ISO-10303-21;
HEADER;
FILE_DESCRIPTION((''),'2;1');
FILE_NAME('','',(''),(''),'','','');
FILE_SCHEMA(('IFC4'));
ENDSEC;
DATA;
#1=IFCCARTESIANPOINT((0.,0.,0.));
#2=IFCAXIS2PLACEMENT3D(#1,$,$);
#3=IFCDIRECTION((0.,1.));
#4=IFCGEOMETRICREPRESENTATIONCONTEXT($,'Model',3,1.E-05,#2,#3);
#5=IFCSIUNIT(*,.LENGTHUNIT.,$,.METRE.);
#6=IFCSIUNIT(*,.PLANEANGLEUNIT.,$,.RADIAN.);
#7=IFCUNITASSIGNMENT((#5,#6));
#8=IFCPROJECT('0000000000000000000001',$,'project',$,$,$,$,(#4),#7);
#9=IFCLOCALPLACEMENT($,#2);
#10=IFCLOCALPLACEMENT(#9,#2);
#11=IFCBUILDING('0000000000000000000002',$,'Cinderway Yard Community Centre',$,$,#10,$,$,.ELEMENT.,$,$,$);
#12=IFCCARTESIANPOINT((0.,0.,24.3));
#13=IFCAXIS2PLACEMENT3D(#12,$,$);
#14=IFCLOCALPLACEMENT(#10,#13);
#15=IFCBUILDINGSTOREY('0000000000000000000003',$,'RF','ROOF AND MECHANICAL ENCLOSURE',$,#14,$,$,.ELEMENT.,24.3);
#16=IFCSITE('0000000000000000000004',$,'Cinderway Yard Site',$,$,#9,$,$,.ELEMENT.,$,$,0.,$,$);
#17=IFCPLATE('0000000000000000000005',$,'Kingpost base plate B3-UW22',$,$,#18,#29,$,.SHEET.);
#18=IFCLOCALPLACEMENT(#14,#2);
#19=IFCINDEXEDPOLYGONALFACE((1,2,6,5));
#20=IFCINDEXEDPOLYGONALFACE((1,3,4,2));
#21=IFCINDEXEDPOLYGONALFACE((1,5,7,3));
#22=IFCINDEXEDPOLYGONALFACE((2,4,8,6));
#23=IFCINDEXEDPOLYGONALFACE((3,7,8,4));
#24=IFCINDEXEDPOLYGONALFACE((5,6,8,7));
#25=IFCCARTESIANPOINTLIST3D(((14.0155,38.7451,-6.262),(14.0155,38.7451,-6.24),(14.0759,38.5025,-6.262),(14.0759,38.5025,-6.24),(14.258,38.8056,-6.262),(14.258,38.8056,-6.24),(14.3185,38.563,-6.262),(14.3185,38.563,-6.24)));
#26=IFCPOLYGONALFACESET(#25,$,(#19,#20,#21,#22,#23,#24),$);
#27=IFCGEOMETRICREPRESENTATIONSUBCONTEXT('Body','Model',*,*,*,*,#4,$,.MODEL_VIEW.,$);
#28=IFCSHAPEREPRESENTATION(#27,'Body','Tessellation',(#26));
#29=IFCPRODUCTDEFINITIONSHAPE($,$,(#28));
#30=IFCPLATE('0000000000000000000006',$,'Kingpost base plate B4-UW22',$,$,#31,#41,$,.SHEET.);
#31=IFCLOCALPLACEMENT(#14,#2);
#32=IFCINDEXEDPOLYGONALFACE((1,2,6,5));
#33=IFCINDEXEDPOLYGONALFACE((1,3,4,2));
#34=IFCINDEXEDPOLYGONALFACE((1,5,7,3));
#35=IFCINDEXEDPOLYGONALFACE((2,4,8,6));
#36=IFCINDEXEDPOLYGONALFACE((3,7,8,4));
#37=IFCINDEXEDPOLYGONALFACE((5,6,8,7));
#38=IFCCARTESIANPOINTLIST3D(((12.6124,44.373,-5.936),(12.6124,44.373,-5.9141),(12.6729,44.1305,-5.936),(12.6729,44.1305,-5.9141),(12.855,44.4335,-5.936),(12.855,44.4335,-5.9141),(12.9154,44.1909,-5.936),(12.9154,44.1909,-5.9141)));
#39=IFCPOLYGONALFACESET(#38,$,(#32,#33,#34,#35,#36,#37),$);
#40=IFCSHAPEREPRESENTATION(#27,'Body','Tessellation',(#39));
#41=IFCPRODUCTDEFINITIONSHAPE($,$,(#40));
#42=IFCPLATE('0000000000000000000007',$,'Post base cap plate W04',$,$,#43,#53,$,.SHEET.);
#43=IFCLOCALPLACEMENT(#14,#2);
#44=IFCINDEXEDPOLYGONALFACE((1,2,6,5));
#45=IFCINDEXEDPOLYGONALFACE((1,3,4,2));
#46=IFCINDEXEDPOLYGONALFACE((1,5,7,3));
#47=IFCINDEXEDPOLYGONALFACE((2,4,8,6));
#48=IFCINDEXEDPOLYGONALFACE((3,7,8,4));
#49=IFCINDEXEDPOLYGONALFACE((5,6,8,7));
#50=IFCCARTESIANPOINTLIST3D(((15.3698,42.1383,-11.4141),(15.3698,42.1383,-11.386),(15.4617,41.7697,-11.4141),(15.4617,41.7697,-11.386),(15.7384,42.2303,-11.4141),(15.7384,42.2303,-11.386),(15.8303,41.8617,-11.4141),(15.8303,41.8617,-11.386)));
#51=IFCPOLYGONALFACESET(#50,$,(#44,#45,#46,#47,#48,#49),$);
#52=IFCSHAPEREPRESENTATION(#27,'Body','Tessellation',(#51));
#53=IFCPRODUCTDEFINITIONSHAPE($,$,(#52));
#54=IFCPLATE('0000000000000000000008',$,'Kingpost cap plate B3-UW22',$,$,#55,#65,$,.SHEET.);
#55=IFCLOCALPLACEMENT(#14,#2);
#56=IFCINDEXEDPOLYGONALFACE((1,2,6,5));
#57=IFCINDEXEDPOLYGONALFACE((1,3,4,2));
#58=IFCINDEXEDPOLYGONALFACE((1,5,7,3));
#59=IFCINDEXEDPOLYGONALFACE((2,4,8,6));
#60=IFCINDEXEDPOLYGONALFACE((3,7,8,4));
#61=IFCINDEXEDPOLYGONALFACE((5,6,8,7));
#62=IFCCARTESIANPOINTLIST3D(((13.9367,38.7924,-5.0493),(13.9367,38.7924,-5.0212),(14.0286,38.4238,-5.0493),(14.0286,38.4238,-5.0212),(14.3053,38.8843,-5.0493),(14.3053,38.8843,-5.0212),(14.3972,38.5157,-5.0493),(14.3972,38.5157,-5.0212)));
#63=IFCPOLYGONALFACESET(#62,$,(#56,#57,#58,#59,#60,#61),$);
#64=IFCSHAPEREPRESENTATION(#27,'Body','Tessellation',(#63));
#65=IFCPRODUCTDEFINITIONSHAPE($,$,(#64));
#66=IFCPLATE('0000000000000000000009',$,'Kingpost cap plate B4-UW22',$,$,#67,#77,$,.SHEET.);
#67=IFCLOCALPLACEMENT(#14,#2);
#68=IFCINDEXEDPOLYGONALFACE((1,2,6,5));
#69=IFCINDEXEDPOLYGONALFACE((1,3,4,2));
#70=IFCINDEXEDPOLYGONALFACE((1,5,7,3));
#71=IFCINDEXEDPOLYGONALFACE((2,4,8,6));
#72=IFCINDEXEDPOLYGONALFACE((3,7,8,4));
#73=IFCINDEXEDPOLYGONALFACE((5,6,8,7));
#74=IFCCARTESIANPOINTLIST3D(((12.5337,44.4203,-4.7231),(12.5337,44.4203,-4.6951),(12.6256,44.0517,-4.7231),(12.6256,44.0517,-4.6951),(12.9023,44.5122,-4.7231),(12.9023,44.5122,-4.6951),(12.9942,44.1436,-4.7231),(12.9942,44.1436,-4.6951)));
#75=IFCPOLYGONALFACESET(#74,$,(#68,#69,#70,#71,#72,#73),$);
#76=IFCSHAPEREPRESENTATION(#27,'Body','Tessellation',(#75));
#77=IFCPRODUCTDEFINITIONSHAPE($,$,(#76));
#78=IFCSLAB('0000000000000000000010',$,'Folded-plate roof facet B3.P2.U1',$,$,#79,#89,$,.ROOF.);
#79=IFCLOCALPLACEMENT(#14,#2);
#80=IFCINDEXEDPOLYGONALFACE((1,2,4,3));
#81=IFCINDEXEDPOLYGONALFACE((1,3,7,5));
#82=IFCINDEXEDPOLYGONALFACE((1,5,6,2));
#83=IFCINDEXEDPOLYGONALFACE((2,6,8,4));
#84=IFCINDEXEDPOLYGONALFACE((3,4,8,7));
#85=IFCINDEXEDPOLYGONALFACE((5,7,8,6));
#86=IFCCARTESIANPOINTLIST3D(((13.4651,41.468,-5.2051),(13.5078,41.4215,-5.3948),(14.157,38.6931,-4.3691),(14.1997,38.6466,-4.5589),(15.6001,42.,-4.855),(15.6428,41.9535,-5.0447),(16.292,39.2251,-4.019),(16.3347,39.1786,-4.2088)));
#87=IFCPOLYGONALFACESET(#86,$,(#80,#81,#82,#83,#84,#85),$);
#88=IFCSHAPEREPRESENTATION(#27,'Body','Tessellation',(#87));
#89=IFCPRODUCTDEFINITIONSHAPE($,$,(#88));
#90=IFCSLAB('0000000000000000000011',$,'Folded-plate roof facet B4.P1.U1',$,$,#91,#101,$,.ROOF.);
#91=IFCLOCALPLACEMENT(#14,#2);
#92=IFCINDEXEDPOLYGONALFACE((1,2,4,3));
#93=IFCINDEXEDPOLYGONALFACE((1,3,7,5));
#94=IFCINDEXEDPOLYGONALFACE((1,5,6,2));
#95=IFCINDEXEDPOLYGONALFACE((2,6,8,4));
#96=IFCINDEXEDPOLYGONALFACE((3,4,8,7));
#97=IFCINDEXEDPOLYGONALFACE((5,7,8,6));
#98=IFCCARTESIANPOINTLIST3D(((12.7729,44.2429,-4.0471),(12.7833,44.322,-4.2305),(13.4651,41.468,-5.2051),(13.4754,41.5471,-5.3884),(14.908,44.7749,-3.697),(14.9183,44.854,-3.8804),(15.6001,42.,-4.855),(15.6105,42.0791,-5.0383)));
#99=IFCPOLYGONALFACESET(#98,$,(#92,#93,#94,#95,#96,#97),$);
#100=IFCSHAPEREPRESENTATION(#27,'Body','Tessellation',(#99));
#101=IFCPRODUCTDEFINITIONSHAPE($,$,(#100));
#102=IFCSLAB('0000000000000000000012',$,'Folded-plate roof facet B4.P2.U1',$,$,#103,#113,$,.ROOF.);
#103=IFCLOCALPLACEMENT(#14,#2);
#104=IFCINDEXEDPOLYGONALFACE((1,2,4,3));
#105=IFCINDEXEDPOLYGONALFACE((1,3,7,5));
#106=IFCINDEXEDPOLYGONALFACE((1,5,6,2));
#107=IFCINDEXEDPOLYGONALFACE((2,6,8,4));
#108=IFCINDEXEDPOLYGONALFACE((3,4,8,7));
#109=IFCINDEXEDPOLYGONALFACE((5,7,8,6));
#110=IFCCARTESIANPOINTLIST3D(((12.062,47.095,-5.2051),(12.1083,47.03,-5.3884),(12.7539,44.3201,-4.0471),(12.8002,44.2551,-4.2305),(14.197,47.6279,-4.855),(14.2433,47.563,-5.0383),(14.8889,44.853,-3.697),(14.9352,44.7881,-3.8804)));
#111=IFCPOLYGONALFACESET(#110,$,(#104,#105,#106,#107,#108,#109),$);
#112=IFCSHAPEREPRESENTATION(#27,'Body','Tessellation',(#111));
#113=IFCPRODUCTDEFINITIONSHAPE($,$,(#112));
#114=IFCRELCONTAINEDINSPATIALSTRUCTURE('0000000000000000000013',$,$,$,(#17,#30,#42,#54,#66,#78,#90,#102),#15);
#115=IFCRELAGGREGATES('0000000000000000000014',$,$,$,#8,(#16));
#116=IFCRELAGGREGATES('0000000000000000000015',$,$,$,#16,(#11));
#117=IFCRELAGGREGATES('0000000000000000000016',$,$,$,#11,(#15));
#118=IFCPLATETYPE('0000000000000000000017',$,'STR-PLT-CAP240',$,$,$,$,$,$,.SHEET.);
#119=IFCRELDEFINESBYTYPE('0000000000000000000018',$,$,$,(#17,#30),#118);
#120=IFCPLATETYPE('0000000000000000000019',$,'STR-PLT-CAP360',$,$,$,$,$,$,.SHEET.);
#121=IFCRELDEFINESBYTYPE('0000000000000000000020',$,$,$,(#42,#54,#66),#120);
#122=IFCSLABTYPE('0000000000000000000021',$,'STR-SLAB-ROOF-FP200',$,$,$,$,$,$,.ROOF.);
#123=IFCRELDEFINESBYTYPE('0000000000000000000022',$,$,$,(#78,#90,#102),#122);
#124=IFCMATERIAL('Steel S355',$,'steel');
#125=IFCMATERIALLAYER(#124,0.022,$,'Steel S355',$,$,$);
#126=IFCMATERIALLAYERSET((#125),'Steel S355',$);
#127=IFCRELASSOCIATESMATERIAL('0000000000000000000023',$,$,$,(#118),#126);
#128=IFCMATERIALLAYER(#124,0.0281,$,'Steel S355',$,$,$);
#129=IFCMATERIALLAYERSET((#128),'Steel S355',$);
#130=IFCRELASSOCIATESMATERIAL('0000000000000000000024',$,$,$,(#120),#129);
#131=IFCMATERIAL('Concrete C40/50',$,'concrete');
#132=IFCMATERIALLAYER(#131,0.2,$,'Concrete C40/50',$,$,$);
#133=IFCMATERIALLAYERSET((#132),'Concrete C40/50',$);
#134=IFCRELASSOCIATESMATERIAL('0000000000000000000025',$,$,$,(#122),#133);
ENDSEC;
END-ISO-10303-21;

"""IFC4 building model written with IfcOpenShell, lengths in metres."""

from ifc_helpers import new_model, si_unit, direction, frame, origin, origin_2d, place, context, subcontext, project, spatial, polyline, rectangle, outline, extrude, material, layer, layer_set, type_object, element, save


model = new_model("IFC4")

# Units and contexts
model_context = context("Model", 3, precision=1e-05, world=origin(), true_north=direction((0.0, 1.0)))
body_context = subcontext(model_context, "Body", "Model", "MODEL_VIEW")
ifc_project = project(units=[si_unit("LENGTHUNIT", "METRE"), si_unit("PLANEANGLEUNIT", "RADIAN")], contexts=[model_context])

# Site, building, storey
site_placement = place(None, origin())
site = spatial("IfcSite", under=ifc_project, at=site_placement, Name="Cinderway Yard Site", CompositionType="ELEMENT", RefElevation=0.0)
building_placement = place(site_placement, origin())
building = spatial("IfcBuilding", under=site, at=building_placement, Name="Cinderway Yard Community Centre", CompositionType="ELEMENT")
storey_placement = place(building_placement, frame((0.0, 0.0, 24.3)))
storey = spatial("IfcBuildingStorey", under=building, at=storey_placement, Name="RF", Description="ROOF AND MECHANICAL ENCLOSURE", CompositionType="ELEMENT", Elevation=24.3)

# Shared definitions
ifc_material_1 = material(Name="Steel S355", Category="steel")

# Shared definitions
ifc_material_2 = material(Name="Concrete C40/50", Category="concrete")

# Plates
ifc_layer_1 = layer(ifc_material_1, 0.022, Name="Steel S355")
ifc_layer_set_1 = layer_set([ifc_layer_1], Name="Steel S355")
plate_type_1 = type_object("IfcPlateType", Name="STR-PLT-CAP240", PredefinedType="SHEET", material=ifc_layer_set_1)
for number, where, z_axis, x_axis, name in (
    (1, (14.167, 38.6541, -6.262), (0.0, 0.0, 1.0), (0.970296, 0.241922, 0.0), "Kingpost base plate B3-UW22"),
    (2, (12.7639, 44.282, -5.936), (0.0, 0.0, 1.0), (0.970296, 0.241922, 0.0), "Kingpost base plate B4-UW22"),
):
    element("IfcPlate", number, at=place(storey_placement, frame(where, z_axis=z_axis, x_axis=x_axis)), inside=storey, type_object=plate_type_1, Name=name, PredefinedType="SHEET", context=body_context, shape_type="SweptSolid", body=[
        extrude(rectangle(XDim=0.25, YDim=0.25, at=origin_2d()), origin(), (0.0, 0.0, 1.0), 0.022),
    ])
ifc_layer_2 = layer(ifc_material_1, 0.0281, Name="Steel S355")
ifc_layer_set_2 = layer_set([ifc_layer_2], Name="Steel S355")
plate_type_2 = type_object("IfcPlateType", Name="STR-PLT-CAP360", PredefinedType="SHEET", material=ifc_layer_set_2)
for number, where, z_axis, x_axis, name in (
    (3, (15.6001, 42.0, -11.4141), (0.0, 0.0, 1.0), (0.970296, 0.241922, 0.0), "Post base cap plate W04"),
    (4, (14.167, 38.6541, -5.0493), (0.0, 0.0, 1.0), (0.970296, 0.241922, 0.0), "Kingpost cap plate B3-UW22"),
    (5, (12.7639, 44.282, -4.7231), (0.0, 0.0, 1.0), (0.970296, 0.241922, 0.0), "Kingpost cap plate B4-UW22"),
):
    element("IfcPlate", number, at=place(storey_placement, frame(where, z_axis=z_axis, x_axis=x_axis)), inside=storey, type_object=plate_type_2, Name=name, PredefinedType="SHEET", context=body_context, shape_type="SweptSolid", body=[
        extrude(rectangle(XDim=0.3799, YDim=0.3799, at=origin_2d()), origin(), (0.0, 0.0, 1.0), 0.0281),
    ])

# Slabs
ifc_layer_3 = layer(ifc_material_2, 0.2, Name="Concrete C40/50")
ifc_layer_set_3 = layer_set([ifc_layer_3], Name="Concrete C40/50")
slab_type = type_object("IfcSlabType", Name="STR-SLAB-ROOF-FP200", PredefinedType="ROOF", material=ifc_layer_set_3)
slab_1_placement = place(storey_placement, frame((14.157, 38.6931, -4.3691), z_axis=(-0.213546, 0.232592, 0.948841), x_axis=(0.958277, 0.238775, 0.157138)))
element("IfcSlab", 6, at=slab_1_placement, inside=storey, type_object=slab_type, Name="Folded-plate roof facet B3.P2.U1", PredefinedType="ROOF", context=body_context, shape_type="SweptSolid", body=[
    extrude(outline(polyline([(0.0, 0.0), (2.228, 0.0), (2.0962, 2.9766), (-0.1318, 2.9766), (0.0, 0.0)])), origin(), (0.0, 0.0, -1.0), 0.2),
])
slab_2_placement = place(storey_placement, frame((13.4651, 41.468, -5.2051), z_axis=(-0.0518, -0.395571, 0.916974), x_axis=(0.958277, 0.238775, 0.157138)))
element("IfcSlab", 7, at=slab_2_placement, inside=storey, type_object=slab_type, Name="Folded-plate roof facet B4.P1.U1", PredefinedType="ROOF", context=body_context, shape_type="SweptSolid", body=[
    extrude(outline(polyline([(0.0, 0.0), (2.228, 0.0), (2.4092, 3.0801), (0.1813, 3.0801), (0.0, 0.0)])), origin(), (0.0, 0.0, -1.0), 0.2),
])
slab_3_placement = place(storey_placement, frame((12.7539, 44.3201, -4.0471), z_axis=(-0.231477, 0.324933, 0.916972), x_axis=(0.958176, 0.239188, 0.157121)))
element("IfcSlab", 8, at=slab_3_placement, inside=storey, type_object=slab_type, Name="Folded-plate roof facet B4.P2.U1", PredefinedType="ROOF", context=body_context, shape_type="SweptSolid", body=[
    extrude(outline(polyline([(0.0, 0.0), (2.2282, 0.0), (2.047, 3.0801), (-0.1812, 3.0801), (0.0, 0.0)])), origin(), (0.0, 0.0, -1.0), 0.2),
])

save(model, "model.ifc")
